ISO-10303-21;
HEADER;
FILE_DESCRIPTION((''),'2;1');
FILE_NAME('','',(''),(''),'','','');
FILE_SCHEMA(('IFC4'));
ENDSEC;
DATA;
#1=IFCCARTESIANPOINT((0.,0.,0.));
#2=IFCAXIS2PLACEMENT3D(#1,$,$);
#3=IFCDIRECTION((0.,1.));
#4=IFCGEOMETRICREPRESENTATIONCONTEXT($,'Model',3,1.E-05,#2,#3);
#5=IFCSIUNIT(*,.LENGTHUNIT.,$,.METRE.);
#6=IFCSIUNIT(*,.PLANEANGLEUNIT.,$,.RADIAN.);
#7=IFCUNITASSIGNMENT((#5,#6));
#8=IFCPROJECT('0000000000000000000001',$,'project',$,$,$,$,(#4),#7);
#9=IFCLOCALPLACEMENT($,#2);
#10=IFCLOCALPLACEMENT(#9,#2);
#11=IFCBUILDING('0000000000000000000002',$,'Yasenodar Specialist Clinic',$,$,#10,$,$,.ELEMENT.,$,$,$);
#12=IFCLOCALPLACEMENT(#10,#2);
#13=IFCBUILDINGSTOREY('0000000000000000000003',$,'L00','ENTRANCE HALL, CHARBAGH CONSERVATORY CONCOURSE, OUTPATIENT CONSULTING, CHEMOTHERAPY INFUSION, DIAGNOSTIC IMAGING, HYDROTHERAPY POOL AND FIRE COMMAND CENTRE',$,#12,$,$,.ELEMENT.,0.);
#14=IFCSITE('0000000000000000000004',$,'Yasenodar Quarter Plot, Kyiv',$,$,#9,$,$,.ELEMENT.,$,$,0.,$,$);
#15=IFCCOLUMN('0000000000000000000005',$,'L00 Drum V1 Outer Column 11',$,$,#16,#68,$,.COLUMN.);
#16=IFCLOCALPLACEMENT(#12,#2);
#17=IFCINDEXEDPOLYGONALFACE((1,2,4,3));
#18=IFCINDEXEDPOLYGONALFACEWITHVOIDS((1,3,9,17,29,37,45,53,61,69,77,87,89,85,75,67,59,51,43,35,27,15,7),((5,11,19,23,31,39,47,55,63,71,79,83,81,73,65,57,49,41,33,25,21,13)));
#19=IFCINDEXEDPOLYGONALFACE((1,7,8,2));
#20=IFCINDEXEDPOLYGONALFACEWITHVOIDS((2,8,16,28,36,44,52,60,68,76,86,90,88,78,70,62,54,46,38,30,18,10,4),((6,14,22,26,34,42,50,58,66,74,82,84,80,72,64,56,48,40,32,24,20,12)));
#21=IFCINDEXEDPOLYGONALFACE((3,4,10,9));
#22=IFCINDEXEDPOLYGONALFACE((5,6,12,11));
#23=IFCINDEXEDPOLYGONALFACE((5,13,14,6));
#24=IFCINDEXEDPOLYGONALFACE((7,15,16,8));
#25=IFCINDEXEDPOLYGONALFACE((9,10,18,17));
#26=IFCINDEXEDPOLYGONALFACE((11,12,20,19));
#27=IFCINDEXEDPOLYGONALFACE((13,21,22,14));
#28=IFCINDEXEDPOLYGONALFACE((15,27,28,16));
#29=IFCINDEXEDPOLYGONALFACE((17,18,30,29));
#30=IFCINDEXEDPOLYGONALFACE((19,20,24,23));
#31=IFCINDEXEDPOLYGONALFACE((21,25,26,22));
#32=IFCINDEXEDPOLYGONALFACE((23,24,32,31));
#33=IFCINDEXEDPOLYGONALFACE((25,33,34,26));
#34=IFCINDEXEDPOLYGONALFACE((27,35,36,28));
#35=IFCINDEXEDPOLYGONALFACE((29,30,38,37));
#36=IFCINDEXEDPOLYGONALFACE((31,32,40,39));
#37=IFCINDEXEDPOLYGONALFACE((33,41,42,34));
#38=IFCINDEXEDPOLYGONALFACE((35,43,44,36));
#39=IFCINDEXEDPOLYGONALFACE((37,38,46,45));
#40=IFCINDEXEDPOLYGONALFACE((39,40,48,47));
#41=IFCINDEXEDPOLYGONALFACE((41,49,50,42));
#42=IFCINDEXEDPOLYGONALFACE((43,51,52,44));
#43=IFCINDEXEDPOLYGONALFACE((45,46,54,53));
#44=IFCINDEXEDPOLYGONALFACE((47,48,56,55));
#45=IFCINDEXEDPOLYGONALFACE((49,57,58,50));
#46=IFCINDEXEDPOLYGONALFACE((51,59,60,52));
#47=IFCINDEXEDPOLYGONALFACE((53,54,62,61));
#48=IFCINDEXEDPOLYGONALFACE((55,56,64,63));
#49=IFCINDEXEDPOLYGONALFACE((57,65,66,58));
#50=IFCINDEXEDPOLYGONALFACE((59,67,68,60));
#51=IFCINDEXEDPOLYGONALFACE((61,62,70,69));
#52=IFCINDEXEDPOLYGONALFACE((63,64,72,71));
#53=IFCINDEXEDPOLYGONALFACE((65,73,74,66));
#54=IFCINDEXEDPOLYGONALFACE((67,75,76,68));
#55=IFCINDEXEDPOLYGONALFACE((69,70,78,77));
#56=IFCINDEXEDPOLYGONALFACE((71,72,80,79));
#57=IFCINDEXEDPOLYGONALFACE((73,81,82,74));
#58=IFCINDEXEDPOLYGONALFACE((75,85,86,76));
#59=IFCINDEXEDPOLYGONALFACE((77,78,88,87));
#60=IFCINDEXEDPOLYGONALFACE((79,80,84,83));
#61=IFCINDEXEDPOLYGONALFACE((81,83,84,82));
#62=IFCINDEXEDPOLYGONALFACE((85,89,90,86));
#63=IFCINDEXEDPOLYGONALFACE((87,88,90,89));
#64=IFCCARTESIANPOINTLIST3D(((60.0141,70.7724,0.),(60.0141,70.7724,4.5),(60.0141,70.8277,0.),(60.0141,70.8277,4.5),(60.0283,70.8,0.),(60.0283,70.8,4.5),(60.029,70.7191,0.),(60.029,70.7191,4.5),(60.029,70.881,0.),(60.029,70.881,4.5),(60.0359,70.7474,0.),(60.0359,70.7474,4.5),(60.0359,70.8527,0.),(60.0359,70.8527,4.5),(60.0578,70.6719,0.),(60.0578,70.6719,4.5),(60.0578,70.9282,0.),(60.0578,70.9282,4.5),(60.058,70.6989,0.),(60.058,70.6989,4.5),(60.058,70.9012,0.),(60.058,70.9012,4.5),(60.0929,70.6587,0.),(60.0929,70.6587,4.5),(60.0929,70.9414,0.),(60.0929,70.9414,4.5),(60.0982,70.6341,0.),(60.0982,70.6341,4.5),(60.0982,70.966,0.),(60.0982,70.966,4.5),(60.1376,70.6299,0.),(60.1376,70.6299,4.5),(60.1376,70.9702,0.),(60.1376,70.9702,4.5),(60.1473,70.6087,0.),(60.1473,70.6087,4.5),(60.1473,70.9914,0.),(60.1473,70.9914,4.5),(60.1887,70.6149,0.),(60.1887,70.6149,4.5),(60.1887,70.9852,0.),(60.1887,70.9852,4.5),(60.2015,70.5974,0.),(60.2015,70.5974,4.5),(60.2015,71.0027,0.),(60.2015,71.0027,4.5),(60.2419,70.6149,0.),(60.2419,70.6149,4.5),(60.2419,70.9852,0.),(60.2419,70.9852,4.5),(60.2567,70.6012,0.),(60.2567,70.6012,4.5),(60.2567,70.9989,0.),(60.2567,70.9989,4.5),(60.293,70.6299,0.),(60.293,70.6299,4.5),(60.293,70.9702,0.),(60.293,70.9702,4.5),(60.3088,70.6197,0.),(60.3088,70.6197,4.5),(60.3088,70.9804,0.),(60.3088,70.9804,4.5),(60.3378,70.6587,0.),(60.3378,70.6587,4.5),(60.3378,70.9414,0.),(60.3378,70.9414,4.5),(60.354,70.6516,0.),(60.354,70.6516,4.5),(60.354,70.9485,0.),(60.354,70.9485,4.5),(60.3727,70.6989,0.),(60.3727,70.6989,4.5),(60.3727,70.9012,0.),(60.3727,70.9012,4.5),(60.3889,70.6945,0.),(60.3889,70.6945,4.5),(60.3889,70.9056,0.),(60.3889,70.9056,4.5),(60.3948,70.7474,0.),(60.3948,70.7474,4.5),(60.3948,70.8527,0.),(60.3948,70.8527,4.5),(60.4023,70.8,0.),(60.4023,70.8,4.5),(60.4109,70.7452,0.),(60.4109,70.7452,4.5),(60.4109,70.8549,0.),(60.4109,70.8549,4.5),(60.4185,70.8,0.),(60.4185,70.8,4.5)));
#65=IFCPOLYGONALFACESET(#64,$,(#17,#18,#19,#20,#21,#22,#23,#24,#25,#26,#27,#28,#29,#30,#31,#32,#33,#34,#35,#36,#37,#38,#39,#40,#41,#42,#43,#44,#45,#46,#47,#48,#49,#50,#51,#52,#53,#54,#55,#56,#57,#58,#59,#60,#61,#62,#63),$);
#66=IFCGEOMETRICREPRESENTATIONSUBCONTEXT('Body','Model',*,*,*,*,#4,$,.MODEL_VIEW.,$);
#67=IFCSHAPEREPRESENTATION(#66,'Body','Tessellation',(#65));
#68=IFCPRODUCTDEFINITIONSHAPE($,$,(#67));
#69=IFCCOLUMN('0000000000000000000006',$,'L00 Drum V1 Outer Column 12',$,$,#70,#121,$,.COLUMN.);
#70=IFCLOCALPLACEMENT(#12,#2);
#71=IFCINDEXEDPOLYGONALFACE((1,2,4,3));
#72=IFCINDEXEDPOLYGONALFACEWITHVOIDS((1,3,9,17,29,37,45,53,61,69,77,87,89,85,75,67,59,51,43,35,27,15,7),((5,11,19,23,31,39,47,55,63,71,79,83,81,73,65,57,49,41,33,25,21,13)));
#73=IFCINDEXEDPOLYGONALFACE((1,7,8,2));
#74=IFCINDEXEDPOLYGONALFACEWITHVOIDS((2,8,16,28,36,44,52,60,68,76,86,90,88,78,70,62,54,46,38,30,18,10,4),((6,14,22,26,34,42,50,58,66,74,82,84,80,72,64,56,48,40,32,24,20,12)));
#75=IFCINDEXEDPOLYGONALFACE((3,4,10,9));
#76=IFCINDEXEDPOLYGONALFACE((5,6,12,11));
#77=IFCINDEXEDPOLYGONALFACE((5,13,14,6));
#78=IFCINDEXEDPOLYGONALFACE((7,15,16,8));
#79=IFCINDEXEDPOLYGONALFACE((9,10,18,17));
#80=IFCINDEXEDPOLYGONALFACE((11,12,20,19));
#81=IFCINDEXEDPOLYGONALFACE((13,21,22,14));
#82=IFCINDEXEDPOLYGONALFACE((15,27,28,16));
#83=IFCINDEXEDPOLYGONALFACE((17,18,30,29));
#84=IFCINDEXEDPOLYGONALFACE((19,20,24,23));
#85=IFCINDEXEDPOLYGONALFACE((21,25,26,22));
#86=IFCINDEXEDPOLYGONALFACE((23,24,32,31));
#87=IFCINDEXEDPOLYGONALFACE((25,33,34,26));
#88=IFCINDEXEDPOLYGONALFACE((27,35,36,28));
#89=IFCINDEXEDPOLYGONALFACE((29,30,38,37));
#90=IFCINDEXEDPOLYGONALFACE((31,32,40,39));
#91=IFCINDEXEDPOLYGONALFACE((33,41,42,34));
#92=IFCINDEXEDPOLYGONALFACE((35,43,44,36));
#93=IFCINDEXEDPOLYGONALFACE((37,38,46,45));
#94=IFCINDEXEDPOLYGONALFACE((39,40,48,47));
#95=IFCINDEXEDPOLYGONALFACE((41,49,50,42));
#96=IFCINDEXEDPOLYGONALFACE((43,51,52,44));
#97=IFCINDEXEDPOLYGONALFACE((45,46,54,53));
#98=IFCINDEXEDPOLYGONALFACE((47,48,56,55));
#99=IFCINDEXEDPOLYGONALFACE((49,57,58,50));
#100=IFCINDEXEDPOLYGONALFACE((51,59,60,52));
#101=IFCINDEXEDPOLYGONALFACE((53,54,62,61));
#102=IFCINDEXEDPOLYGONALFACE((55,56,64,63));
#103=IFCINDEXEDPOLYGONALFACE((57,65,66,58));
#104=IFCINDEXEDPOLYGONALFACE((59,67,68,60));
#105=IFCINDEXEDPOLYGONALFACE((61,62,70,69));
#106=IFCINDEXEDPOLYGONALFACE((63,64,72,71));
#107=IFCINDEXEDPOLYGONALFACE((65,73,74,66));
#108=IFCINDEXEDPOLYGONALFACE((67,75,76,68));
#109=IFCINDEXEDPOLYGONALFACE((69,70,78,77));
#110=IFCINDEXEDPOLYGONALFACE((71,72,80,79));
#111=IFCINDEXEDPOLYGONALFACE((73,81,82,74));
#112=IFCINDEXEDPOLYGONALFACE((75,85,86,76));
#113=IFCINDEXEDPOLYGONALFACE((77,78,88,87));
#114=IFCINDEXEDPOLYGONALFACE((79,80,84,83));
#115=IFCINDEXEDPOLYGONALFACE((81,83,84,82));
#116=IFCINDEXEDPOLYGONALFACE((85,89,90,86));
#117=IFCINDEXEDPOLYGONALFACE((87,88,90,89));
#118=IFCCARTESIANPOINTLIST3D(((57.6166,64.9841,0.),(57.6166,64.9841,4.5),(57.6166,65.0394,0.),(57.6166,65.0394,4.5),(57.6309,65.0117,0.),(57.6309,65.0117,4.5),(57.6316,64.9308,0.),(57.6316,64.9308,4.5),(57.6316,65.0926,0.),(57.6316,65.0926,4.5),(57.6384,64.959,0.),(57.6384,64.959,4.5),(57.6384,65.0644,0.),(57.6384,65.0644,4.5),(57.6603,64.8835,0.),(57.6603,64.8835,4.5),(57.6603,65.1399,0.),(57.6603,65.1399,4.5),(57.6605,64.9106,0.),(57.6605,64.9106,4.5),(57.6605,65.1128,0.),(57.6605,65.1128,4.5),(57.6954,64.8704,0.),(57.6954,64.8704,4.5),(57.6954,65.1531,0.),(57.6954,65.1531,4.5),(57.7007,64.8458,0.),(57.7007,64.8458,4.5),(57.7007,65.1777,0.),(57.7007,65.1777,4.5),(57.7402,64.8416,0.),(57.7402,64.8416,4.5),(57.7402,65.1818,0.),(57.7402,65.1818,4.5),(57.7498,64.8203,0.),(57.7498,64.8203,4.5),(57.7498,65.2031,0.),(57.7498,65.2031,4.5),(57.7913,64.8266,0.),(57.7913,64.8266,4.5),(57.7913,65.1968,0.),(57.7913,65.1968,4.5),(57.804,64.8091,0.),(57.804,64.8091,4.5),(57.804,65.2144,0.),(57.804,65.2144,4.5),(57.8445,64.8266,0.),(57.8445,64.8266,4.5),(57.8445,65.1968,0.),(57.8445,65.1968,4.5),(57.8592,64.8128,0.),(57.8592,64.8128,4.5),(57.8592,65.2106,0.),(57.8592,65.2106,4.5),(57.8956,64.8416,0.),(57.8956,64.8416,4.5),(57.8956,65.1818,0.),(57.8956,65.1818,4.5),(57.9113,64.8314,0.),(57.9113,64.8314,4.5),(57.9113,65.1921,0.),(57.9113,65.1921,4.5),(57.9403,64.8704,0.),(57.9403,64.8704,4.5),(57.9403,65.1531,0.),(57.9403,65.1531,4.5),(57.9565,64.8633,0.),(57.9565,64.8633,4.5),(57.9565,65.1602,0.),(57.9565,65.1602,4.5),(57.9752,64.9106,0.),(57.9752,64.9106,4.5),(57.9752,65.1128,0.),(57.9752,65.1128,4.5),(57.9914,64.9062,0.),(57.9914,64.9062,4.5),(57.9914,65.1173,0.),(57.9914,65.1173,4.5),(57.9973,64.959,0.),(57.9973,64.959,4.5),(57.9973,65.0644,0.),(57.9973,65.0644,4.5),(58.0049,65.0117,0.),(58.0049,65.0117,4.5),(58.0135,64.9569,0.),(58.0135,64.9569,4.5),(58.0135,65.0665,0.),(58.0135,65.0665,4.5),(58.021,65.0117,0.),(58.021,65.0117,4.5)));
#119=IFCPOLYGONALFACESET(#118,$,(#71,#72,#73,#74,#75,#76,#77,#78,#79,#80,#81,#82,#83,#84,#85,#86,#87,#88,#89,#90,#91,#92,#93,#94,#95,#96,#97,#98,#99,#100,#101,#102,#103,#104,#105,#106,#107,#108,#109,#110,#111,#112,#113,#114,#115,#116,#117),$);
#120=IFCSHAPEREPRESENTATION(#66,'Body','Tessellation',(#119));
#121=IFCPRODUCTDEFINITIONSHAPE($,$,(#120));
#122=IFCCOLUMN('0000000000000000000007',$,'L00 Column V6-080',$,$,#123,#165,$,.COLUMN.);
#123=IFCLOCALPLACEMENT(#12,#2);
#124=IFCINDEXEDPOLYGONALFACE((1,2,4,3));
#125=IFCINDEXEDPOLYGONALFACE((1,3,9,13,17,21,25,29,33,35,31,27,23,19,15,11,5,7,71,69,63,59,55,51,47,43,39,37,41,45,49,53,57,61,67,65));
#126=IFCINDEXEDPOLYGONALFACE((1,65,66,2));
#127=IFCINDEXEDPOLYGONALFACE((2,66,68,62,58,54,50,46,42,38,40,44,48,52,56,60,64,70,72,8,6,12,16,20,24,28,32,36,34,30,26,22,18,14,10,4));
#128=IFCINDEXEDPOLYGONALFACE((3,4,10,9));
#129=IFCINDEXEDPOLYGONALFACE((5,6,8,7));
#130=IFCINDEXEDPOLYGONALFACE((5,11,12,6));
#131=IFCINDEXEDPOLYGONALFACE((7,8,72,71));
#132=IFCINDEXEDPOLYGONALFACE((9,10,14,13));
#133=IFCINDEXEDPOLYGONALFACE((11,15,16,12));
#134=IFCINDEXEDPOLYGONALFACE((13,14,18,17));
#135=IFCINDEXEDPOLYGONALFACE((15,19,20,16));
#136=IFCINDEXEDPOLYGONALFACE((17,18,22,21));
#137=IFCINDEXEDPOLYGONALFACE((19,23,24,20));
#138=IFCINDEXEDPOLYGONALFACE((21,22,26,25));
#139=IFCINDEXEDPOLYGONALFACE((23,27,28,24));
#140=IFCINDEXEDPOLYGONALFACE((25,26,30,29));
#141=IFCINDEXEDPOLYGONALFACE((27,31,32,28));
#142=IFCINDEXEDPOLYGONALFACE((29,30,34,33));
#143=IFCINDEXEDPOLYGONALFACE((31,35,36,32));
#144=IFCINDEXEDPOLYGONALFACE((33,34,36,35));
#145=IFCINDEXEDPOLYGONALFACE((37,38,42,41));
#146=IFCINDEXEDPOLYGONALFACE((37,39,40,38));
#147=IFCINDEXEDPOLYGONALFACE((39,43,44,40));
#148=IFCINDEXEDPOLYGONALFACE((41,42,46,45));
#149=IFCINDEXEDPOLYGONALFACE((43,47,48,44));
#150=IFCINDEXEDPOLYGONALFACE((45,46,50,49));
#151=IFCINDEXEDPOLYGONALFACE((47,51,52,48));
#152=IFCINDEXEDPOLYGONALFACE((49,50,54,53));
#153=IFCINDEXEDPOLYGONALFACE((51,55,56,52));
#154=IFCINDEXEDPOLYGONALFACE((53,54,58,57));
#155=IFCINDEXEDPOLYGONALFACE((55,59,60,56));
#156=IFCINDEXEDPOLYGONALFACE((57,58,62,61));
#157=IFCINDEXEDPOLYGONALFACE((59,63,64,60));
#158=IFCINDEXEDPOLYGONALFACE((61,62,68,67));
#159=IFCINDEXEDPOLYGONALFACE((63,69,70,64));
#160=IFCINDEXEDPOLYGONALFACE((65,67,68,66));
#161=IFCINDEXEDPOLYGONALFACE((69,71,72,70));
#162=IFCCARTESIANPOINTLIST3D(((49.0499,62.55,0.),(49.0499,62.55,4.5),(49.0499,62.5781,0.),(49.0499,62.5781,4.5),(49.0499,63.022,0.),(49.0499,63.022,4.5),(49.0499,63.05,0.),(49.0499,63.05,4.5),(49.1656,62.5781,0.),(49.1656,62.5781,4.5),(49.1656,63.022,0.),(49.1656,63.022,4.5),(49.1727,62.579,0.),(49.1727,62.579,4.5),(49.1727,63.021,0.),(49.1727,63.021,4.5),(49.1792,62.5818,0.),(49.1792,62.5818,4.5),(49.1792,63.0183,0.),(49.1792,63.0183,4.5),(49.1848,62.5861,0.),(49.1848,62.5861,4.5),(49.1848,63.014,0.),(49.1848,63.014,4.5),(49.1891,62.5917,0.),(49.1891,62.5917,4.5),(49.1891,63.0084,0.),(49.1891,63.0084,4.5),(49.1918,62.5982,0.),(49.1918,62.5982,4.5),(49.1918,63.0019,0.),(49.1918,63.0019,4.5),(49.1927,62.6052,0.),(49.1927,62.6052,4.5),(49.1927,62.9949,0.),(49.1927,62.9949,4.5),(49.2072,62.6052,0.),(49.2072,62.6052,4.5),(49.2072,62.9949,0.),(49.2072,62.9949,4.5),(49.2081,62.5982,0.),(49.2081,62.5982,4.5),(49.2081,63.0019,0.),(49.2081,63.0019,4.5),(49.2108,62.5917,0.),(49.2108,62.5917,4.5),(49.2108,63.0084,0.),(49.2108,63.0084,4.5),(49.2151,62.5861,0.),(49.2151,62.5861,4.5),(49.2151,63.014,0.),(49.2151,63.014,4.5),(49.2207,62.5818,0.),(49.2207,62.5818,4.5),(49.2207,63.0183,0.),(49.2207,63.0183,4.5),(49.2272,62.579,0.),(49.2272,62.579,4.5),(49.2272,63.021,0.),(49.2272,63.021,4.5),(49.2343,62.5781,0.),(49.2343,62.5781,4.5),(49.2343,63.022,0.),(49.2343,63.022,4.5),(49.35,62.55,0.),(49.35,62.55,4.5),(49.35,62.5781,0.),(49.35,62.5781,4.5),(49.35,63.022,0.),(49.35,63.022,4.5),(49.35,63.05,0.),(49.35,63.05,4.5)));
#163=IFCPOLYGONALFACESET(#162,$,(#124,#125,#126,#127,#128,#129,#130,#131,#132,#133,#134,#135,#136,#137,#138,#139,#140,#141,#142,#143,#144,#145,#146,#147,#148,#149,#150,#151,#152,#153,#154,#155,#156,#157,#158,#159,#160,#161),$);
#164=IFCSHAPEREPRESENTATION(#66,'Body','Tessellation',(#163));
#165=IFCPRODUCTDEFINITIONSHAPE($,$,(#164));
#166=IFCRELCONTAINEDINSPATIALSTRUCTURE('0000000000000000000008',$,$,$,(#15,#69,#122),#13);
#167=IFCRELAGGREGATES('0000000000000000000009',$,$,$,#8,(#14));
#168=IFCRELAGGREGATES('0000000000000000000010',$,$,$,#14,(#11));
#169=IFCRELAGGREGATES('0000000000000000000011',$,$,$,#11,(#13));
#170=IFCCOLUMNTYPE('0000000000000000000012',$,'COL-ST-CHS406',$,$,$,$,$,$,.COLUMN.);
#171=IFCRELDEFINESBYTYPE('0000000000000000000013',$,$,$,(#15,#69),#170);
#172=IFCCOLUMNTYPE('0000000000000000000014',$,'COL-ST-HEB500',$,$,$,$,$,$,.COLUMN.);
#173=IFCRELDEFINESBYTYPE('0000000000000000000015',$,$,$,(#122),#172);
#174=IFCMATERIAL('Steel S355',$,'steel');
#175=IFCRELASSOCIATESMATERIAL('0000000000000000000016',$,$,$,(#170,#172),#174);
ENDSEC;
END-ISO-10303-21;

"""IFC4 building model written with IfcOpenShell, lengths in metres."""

from ifc_helpers import new_model, si_unit, direction, frame, origin, origin_2d, place, context, subcontext, project, spatial, hollow_circle, i_section, extrude, material, material_profile, profile_set, type_object, element, save


model = new_model("IFC4")

# Units and contexts
model_context = context("Model", 3, precision=1e-05, world=origin(), true_north=direction((0.0, 1.0)))
body_context = subcontext(model_context, "Body", "Model", "MODEL_VIEW")
ifc_project = project(units=[si_unit("LENGTHUNIT", "METRE"), si_unit("PLANEANGLEUNIT", "RADIAN")], contexts=[model_context])

# Site, building, storey
site_placement = place(None, origin())
site = spatial("IfcSite", under=ifc_project, at=site_placement, Name="Yasenodar Quarter Plot, Kyiv", CompositionType="ELEMENT", RefElevation=0.0)
building_placement = place(site_placement, origin())
building = spatial("IfcBuilding", under=site, at=building_placement, Name="Yasenodar Specialist Clinic", CompositionType="ELEMENT")
storey_placement = place(building_placement, origin())
storey = spatial("IfcBuildingStorey", under=building, at=storey_placement, Name="L00", Description="ENTRANCE HALL, CHARBAGH CONSERVATORY CONCOURSE, OUTPATIENT CONSULTING, CHEMOTHERAPY INFUSION, DIAGNOSTIC IMAGING, HYDROTHERAPY POOL AND FIRE COMMAND CENTRE", CompositionType="ELEMENT", Elevation=0.0)

# Columns
ifc_material_1 = material(Name="Steel S355", Category="steel")
ifc_material_profile_1 = material_profile(ifc_material_1, hollow_circle(Radius=0.2031, WallThickness=0.0161, at=origin_2d()), Name="CHS 406.4x16")
ifc_profile_set_1 = profile_set([ifc_material_profile_1], Name="Steel S355")
column_type_1 = type_object("IfcColumnType", Name="COL-ST-CHS406", PredefinedType="COLUMN", material=ifc_profile_set_1)
for number, where, z_axis, x_axis, name in (
    (1, (60.2153, 70.8, 0.0), (0.0, 0.0, 1.0), (1.0, 0.0, 0.0), "L00 Drum V1 Outer Column 11"),
    (2, (57.8179, 65.0117, 0.0), (0.0, 0.0, 1.0), (1.0, 0.0, 0.0), "L00 Drum V1 Outer Column 12"),
):
    element("IfcColumn", number, at=place(storey_placement, frame(where, z_axis=z_axis, x_axis=x_axis)), inside=storey, type_object=column_type_1, Name=name, PredefinedType="COLUMN", context=body_context, shape_type="SweptSolid", body=[
        extrude(hollow_circle(Radius=0.2031, WallThickness=0.0161, at=origin_2d()), origin(), (0.0, 0.0, 1.0), 4.5),
    ])
ifc_material_profile_2 = material_profile(ifc_material_1, i_section(OverallWidth=0.3, OverallDepth=0.5, WebThickness=0.0144, FlangeThickness=0.0281, FilletRadius=0.0271, at=origin_2d()), Name="HEB 500")
ifc_profile_set_2 = profile_set([ifc_material_profile_2], Name="Steel S355")
column_type_2 = type_object("IfcColumnType", Name="COL-ST-HEB500", PredefinedType="COLUMN", material=ifc_profile_set_2)
for number, where, z_axis, x_axis, name in (
    (3, (49.2, 62.8, 0.0), (0.0, 0.0, 1.0), (1.0, 0.0, 0.0), "L00 Column V6-080"),
):
    element("IfcColumn", number, at=place(storey_placement, frame(where, z_axis=z_axis, x_axis=x_axis)), inside=storey, type_object=column_type_2, Name=name, PredefinedType="COLUMN", context=body_context, shape_type="SweptSolid", body=[
        extrude(i_section(OverallWidth=0.3, OverallDepth=0.5, WebThickness=0.0144, FlangeThickness=0.0281, FilletRadius=0.0271, at=origin_2d()), origin(), (0.0, 0.0, 1.0), 4.5),
    ])

save(model, "model.ifc")
